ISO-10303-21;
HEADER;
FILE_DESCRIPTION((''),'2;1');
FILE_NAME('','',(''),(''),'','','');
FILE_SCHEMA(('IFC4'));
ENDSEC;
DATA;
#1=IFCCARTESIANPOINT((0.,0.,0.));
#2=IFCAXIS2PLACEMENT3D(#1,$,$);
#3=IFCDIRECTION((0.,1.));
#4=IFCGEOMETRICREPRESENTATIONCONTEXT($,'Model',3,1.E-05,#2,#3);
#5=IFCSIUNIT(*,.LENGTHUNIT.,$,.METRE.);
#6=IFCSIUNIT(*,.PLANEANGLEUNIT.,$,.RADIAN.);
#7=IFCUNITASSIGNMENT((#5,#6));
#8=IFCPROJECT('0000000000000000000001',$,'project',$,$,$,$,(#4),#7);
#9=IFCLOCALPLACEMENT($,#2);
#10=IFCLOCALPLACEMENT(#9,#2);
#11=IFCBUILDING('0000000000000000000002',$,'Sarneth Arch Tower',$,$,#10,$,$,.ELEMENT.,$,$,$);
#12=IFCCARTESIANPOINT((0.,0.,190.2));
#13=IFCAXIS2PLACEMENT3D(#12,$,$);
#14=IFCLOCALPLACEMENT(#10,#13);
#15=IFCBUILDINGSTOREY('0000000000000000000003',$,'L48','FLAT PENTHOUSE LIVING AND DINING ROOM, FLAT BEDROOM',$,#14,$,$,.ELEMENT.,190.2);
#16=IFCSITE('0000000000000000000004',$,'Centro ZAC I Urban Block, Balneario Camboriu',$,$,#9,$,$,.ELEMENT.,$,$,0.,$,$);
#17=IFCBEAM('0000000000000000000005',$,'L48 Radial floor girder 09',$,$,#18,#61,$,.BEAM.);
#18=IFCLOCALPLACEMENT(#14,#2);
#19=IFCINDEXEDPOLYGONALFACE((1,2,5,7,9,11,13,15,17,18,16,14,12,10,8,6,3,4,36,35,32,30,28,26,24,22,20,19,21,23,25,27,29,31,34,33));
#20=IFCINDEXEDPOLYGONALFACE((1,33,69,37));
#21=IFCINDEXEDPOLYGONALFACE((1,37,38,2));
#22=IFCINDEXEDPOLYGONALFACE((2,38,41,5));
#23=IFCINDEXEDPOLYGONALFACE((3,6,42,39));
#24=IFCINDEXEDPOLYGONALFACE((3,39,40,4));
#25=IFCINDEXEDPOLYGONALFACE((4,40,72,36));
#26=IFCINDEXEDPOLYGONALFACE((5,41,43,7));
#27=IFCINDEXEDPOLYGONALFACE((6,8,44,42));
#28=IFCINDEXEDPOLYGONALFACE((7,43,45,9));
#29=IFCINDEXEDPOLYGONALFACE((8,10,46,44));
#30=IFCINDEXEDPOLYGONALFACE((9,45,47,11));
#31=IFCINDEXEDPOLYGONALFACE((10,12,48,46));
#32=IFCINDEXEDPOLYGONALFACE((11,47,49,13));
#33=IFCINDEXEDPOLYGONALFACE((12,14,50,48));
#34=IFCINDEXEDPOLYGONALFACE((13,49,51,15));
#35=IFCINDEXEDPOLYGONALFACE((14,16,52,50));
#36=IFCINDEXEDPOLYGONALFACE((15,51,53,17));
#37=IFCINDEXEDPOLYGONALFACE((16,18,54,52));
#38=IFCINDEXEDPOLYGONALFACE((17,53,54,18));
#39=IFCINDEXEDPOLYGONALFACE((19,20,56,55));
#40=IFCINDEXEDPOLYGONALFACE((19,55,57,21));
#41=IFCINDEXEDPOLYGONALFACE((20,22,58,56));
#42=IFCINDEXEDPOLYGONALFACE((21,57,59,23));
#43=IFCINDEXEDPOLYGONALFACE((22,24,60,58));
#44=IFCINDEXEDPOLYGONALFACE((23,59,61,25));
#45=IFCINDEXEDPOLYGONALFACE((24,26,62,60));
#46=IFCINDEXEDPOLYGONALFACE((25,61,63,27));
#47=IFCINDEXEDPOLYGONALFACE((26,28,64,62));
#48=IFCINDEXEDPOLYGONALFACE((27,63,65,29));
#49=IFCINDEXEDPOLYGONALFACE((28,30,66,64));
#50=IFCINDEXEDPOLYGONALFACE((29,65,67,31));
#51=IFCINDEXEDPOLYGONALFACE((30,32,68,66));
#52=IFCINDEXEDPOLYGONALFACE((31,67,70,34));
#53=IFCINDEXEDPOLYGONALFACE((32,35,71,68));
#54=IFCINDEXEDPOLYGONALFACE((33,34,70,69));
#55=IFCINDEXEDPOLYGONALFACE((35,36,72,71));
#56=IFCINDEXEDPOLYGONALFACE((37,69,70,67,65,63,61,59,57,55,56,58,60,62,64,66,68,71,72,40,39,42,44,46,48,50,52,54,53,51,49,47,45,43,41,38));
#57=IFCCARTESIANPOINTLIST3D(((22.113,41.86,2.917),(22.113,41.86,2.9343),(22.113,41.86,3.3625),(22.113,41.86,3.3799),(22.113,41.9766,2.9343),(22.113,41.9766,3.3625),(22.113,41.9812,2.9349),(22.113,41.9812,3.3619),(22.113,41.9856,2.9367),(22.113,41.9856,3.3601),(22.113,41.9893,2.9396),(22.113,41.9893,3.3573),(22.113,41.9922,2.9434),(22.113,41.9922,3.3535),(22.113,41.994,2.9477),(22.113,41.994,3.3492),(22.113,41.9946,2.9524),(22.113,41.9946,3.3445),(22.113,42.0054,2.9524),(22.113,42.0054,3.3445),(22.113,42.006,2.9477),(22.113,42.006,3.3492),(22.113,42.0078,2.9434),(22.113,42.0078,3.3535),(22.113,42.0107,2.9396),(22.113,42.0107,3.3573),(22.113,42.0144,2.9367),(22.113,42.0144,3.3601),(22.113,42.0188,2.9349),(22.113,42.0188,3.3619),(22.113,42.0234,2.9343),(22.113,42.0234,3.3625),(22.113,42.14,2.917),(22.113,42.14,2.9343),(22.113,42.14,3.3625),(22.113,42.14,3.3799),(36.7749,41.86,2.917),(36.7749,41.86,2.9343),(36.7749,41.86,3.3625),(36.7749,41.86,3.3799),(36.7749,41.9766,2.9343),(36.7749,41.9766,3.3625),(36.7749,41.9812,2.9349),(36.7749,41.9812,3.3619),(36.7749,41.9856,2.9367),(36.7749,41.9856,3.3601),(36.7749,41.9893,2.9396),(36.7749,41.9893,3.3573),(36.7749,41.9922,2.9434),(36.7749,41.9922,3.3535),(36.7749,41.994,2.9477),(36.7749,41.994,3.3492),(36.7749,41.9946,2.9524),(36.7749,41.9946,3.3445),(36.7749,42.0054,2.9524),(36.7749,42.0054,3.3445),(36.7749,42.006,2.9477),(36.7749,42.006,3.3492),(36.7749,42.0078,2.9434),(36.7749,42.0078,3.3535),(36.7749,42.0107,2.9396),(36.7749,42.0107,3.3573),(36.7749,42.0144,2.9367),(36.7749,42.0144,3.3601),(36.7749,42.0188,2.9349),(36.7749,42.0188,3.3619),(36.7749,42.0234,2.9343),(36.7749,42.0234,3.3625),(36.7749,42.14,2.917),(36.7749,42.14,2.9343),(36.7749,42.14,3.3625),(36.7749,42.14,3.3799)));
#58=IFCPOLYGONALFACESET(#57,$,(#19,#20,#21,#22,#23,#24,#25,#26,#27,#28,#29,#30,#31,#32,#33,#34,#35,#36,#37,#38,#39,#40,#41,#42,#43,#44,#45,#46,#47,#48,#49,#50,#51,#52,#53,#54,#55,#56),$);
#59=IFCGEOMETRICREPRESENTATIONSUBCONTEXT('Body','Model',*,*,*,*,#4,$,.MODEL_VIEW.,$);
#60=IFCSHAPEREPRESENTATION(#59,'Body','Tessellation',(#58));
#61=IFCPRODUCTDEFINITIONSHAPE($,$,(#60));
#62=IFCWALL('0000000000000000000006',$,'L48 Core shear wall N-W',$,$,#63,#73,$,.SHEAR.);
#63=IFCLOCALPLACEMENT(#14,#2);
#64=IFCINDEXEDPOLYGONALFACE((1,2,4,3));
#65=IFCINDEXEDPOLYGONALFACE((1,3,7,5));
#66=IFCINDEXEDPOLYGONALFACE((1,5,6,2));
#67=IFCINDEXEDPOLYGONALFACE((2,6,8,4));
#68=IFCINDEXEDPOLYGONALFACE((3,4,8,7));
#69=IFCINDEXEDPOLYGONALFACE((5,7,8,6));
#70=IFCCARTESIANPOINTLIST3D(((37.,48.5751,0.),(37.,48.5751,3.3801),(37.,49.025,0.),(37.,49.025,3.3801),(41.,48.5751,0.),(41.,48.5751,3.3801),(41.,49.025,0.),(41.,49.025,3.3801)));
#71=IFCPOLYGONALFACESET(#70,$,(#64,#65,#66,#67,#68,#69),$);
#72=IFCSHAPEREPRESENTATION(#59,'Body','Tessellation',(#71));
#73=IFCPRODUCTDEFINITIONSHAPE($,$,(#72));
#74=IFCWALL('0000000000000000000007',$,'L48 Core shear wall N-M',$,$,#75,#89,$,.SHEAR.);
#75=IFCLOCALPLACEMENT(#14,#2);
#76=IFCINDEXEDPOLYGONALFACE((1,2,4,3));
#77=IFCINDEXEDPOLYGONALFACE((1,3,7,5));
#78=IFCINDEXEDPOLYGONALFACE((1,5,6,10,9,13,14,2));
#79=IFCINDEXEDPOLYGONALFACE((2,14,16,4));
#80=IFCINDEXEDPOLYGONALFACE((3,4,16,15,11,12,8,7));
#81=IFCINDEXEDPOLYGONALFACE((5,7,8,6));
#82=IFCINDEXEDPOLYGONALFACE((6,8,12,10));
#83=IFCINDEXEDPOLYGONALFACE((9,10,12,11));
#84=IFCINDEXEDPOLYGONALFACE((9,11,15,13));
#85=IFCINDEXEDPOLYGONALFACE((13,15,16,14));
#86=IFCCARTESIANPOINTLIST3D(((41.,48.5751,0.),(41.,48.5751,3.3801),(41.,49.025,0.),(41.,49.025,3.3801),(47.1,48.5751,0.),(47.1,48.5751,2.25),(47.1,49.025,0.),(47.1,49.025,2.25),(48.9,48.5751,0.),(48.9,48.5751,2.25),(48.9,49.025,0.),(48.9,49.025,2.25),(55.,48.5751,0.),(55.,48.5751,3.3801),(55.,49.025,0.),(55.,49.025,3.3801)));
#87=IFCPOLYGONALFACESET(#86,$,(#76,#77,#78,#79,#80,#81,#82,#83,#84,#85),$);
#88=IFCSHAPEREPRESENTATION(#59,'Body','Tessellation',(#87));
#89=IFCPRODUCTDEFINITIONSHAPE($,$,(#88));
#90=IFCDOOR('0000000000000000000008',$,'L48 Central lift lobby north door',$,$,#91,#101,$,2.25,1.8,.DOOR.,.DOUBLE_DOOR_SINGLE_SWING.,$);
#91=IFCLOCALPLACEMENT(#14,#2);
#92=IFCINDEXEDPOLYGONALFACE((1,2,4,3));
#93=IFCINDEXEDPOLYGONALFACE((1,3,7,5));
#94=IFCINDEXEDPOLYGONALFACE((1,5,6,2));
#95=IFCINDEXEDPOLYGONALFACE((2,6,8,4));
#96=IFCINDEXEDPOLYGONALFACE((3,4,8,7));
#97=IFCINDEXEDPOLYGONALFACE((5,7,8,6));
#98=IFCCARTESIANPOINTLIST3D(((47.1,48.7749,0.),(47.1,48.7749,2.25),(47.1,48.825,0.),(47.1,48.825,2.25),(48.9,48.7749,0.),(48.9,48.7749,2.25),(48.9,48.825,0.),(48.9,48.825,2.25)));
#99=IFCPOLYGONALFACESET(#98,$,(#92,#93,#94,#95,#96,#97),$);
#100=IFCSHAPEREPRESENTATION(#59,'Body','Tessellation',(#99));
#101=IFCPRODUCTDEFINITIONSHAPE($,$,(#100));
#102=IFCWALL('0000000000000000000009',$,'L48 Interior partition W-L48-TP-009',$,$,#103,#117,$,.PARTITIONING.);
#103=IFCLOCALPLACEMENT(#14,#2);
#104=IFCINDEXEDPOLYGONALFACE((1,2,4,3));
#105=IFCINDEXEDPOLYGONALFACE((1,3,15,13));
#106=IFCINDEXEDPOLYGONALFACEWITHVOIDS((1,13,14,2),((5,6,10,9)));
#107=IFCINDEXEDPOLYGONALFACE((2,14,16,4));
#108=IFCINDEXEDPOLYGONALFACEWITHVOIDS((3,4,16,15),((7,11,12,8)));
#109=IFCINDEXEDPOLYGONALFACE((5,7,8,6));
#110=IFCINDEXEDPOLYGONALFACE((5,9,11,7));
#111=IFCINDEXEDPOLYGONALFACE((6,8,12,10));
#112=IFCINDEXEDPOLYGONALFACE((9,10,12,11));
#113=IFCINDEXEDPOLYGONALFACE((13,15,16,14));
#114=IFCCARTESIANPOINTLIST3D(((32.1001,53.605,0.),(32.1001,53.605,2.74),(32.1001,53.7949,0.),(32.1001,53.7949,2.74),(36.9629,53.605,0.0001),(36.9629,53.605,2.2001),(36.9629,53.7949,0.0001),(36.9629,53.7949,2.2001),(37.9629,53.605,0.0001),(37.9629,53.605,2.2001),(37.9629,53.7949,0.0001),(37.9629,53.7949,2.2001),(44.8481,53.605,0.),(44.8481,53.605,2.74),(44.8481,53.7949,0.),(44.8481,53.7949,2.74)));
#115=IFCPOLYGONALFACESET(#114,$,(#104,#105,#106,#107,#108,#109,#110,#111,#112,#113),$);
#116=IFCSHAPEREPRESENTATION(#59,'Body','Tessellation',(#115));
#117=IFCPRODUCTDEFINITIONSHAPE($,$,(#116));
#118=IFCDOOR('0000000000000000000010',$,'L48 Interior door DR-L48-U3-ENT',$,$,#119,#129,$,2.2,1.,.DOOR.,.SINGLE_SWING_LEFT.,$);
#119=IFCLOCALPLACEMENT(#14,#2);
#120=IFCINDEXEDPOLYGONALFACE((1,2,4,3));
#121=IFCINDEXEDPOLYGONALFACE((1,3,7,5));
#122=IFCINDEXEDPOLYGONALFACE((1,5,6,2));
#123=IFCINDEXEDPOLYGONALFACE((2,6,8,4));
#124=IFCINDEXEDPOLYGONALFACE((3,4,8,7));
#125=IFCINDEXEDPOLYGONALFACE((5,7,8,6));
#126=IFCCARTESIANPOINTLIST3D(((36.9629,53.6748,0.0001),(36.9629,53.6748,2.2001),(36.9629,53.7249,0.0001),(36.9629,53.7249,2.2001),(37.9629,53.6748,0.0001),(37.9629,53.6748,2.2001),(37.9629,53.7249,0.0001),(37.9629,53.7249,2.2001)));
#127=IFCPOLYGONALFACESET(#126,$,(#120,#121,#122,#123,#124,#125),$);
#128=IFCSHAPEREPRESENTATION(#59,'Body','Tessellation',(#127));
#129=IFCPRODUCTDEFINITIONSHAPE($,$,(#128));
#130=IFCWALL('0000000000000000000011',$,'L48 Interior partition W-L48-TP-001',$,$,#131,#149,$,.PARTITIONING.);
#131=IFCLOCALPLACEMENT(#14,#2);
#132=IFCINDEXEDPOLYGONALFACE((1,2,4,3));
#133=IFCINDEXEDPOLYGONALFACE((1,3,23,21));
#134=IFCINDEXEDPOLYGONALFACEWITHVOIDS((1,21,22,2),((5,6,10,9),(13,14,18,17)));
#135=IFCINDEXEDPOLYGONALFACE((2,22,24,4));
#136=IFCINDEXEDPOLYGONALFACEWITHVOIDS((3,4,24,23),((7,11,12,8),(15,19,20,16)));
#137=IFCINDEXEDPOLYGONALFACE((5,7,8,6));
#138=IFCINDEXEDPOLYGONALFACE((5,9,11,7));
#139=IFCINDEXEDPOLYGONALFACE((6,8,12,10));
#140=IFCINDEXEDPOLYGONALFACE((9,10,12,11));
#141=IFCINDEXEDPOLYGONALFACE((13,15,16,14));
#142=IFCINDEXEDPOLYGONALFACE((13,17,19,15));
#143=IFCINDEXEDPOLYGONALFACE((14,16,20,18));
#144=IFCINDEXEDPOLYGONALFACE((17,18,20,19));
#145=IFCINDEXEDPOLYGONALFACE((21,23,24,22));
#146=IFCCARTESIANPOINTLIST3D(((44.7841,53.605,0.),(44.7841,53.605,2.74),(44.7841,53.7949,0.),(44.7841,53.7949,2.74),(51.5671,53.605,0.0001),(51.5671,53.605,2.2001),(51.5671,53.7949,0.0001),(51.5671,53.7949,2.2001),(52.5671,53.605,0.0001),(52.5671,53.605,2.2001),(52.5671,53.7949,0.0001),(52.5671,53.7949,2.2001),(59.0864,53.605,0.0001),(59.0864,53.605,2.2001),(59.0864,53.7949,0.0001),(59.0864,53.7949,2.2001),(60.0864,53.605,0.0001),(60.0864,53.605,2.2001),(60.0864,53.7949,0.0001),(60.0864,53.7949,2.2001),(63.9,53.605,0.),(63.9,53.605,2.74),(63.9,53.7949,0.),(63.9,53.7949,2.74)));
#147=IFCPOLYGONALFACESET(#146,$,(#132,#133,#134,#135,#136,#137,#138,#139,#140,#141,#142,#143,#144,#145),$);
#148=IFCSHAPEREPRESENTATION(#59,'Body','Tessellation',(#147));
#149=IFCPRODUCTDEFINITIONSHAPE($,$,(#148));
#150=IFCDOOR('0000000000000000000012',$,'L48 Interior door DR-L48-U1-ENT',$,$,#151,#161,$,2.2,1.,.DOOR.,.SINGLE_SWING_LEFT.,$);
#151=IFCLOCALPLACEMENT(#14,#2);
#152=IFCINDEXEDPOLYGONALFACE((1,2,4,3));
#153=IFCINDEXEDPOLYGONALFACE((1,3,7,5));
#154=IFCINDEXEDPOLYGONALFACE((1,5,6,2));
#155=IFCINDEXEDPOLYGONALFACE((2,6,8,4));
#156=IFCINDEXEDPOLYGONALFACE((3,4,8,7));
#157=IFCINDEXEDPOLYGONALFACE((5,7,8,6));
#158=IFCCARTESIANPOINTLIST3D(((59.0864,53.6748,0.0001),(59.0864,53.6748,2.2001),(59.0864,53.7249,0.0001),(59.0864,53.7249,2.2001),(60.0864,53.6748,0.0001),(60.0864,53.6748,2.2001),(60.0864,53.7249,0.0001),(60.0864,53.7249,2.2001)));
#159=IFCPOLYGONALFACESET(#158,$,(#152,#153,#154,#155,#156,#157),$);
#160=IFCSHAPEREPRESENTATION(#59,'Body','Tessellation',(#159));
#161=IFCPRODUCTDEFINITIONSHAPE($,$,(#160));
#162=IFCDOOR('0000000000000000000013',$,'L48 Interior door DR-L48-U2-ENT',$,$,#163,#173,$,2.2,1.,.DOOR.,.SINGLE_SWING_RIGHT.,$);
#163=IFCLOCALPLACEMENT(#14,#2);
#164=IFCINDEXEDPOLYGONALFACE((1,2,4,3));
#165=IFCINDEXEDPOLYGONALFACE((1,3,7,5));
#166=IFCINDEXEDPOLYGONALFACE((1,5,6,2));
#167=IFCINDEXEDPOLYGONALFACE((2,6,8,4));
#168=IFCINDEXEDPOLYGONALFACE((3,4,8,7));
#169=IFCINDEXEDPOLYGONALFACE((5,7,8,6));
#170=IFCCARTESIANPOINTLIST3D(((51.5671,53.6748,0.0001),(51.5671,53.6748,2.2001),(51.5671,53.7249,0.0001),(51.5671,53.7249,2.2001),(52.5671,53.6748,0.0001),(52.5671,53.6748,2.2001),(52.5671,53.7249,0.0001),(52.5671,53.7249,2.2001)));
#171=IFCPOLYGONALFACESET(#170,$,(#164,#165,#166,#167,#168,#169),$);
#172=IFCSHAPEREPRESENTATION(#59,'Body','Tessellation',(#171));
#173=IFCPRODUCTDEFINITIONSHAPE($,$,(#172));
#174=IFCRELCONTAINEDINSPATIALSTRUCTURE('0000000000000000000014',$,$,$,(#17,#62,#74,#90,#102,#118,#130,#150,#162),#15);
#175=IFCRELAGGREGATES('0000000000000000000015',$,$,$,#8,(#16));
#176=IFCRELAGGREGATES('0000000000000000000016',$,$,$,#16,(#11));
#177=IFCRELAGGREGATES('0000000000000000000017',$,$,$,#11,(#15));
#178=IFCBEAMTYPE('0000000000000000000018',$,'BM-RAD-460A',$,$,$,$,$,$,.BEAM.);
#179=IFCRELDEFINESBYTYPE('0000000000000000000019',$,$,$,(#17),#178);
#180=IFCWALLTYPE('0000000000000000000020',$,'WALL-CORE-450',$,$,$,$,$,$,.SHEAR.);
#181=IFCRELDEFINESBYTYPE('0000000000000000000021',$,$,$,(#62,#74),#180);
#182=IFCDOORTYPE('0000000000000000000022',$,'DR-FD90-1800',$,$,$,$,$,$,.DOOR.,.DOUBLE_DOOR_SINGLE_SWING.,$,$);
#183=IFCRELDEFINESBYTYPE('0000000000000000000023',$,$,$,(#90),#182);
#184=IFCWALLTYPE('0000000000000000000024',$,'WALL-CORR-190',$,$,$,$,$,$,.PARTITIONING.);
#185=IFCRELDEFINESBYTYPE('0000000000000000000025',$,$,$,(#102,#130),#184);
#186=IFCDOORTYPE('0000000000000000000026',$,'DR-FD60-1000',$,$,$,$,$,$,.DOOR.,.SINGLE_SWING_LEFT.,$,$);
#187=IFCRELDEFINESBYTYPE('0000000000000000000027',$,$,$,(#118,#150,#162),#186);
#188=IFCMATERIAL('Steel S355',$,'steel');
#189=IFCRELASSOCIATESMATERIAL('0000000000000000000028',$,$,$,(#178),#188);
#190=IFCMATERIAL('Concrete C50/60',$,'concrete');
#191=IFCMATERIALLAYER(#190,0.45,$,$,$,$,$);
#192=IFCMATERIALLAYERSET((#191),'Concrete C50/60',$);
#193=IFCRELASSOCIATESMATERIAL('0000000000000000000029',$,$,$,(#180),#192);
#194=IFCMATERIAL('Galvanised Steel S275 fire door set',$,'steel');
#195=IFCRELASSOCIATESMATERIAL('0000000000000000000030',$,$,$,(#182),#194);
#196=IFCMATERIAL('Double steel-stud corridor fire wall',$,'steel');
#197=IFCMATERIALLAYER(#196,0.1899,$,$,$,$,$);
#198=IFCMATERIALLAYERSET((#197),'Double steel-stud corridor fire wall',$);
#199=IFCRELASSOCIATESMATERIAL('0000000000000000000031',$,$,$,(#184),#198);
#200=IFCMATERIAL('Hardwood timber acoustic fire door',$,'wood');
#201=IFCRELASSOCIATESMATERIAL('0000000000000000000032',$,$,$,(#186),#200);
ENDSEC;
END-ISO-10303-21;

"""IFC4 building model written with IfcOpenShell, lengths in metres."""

from ifc_helpers import new_model, si_unit, direction, frame, frame_2d, origin, origin_2d, place, context, subcontext, project, spatial, rectangle, i_section, extrude, material, layer, layer_set, material_profile, profile_set, type_object, element, fill, save


model = new_model("IFC4")

# Units and contexts
model_context = context("Model", 3, precision=1e-05, world=origin(), true_north=direction((0.0, 1.0)))
body_context = subcontext(model_context, "Body", "Model", "MODEL_VIEW")
ifc_project = project(units=[si_unit("LENGTHUNIT", "METRE"), si_unit("PLANEANGLEUNIT", "RADIAN")], contexts=[model_context])

# Site, building, storey
site_placement = place(None, origin())
site = spatial("IfcSite", under=ifc_project, at=site_placement, Name="Centro ZAC I Urban Block, Balneario Camboriu", CompositionType="ELEMENT", RefElevation=0.0)
building_placement = place(site_placement, origin())
building = spatial("IfcBuilding", under=site, at=building_placement, Name="Sarneth Arch Tower", CompositionType="ELEMENT")
storey_placement = place(building_placement, frame((0.0, 0.0, 190.2)))
storey = spatial("IfcBuildingStorey", under=building, at=storey_placement, Name="L48", Description="FLAT PENTHOUSE LIVING AND DINING ROOM, FLAT BEDROOM", CompositionType="ELEMENT", Elevation=190.2)

# Beam
ifc_material_1 = material(Name="Steel S355", Category="steel")
ifc_material_profile_1 = material_profile(ifc_material_1, i_section(OverallWidth=0.28, OverallDepth=0.4629, WebThickness=0.0107, FlangeThickness=0.0173, FilletRadius=0.0181, at=origin_2d()), Name="W460x113")
ifc_profile_set_1 = profile_set([ifc_material_profile_1], Name="Steel S355")
beam_type_1 = type_object("IfcBeamType", Name="BM-RAD-460A", PredefinedType="BEAM", material=ifc_profile_set_1)
beam_1_placement = place(storey_placement, frame((36.7749, 42.0, 3.1484), z_axis=(-1.0, 0.0, 0.0), x_axis=(0.0, -1.0, 0.0)))
element("IfcBeam", 1, at=beam_1_placement, inside=storey, type_object=beam_type_1, Name="L48 Radial floor girder 09", PredefinedType="BEAM", context=body_context, shape_type="SweptSolid", body=[
    extrude(i_section(OverallWidth=0.28, OverallDepth=0.4629, WebThickness=0.0107, FlangeThickness=0.0173, FilletRadius=0.0181, at=origin_2d()), origin(), (0.0, 0.0, 1.0), 14.6619),
])

# Wall
ifc_material_2 = material(Name="Concrete C50/60", Category="concrete")
ifc_layer_1 = layer(ifc_material_2, 0.45)
ifc_layer_set_1 = layer_set([ifc_layer_1], Name="Concrete C50/60")
wall_type_1 = type_object("IfcWallType", Name="WALL-CORE-450", PredefinedType="SHEAR", material=ifc_layer_set_1)
wall_1_placement = place(storey_placement, frame((37.0, 48.8, 0.0), z_axis=(0.0, 0.0, 1.0), x_axis=(1.0, 0.0, 0.0)))
element("IfcWall", 2, at=wall_1_placement, inside=storey, type_object=wall_type_1, Name="L48 Core shear wall N-W", PredefinedType="SHEAR", context=body_context, shape_type="SweptSolid", body=[
    extrude(rectangle(XDim=4.0, YDim=0.45, at=frame_2d((2.0, 0.0))), origin(), (0.0, 0.0, 1.0), 3.3801),
])

# Walls, openings, doors
wall_2_placement = place(storey_placement, frame((41.0, 48.8, 0.0), z_axis=(0.0, 0.0, 1.0), x_axis=(1.0, 0.0, 0.0)))
wall_2 = element("IfcWall", 3, at=wall_2_placement, inside=storey, type_object=wall_type_1, Name="L48 Core shear wall N-M", PredefinedType="SHEAR", context=body_context, shape_type="SweptSolid", body=[
    extrude(rectangle(XDim=14.0, YDim=0.45, at=frame_2d((7.0, 0.0))), origin(), (0.0, 0.0, 1.0), 3.3801),
])
opening_1_placement = place(wall_2_placement, frame((6.1001, 0.0, 0.0)))
opening_1 = element("IfcOpeningElement", 4, at=opening_1_placement, cuts=wall_2, PredefinedType="OPENING", context=body_context, shape_type="SweptSolid", body=[
    extrude(rectangle(XDim=1.8, YDim=2.25, at=frame_2d((0.8999, 1.125))), frame((0.0, 0.2349, 0.0), z_axis=(0.0, -1.0, 0.0), x_axis=(1.0, 0.0, 0.0)), (0.0, 0.0, 1.0), 0.47),
])
ifc_material_3 = material(Name="Galvanised Steel S275 fire door set", Category="steel")
door_type_1 = type_object("IfcDoorType", Name="DR-FD90-1800", OperationType="DOUBLE_DOOR_SINGLE_SWING", PredefinedType="DOOR", material=ifc_material_3)
door_1_placement = place(opening_1_placement, origin())
door_1 = element("IfcDoor", 5, at=door_1_placement, inside=storey, type_object=door_type_1, Name="L48 Central lift lobby north door", OperationType="DOUBLE_DOOR_SINGLE_SWING", OverallHeight=2.25, OverallWidth=1.8, PredefinedType="DOOR", context=body_context, shape_type="SweptSolid", body=[
    extrude(rectangle(XDim=1.8, YDim=2.25, at=frame_2d((0.8999, 1.125))), frame((0.0, 0.0249, 0.0), z_axis=(0.0, -1.0, 0.0), x_axis=(1.0, 0.0, 0.0)), (0.0, 0.0, 1.0), 0.05),
])
fill(opening_1, door_1)
ifc_material_4 = material(Name="Double steel-stud corridor fire wall", Category="steel")
ifc_layer_2 = layer(ifc_material_4, 0.1899)
ifc_layer_set_2 = layer_set([ifc_layer_2], Name="Double steel-stud corridor fire wall")
wall_type_2 = type_object("IfcWallType", Name="WALL-CORR-190", PredefinedType="PARTITIONING", material=ifc_layer_set_2)
wall_3_placement = place(storey_placement, frame((32.1001, 53.7, 0.0), z_axis=(0.0, 0.0, 1.0), x_axis=(1.0, 0.0, 0.0)))
wall_3 = element("IfcWall", 6, at=wall_3_placement, inside=storey, type_object=wall_type_2, Name="L48 Interior partition W-L48-TP-009", PredefinedType="PARTITIONING", context=body_context, shape_type="SweptSolid", body=[
    extrude(rectangle(XDim=12.748, YDim=0.1899, at=frame_2d((6.374, 0.0))), origin(), (0.0, 0.0, 1.0), 2.74),
])
opening_2_placement = place(wall_3_placement, frame((4.8628, 0.0, 0.0)))
opening_2 = element("IfcOpeningElement", 7, at=opening_2_placement, cuts=wall_3, PredefinedType="OPENING", context=body_context, shape_type="SweptSolid", body=[
    extrude(rectangle(XDim=1.0, YDim=2.2, at=frame_2d((0.5, 1.1001))), frame((0.0, 0.105, 0.0), z_axis=(0.0, -1.0, 0.0), x_axis=(1.0, 0.0, 0.0)), (0.0, 0.0, 1.0), 0.21),
])
ifc_material_5 = material(Name="Hardwood timber acoustic fire door", Category="wood")
door_type_2 = type_object("IfcDoorType", Name="DR-FD60-1000", OperationType="SINGLE_SWING_LEFT", PredefinedType="DOOR", material=ifc_material_5)
door_2_placement = place(opening_2_placement, origin())
door_2 = element("IfcDoor", 8, at=door_2_placement, inside=storey, type_object=door_type_2, Name="L48 Interior door DR-L48-U3-ENT", OperationType="SINGLE_SWING_LEFT", OverallHeight=2.2, OverallWidth=1.0, PredefinedType="DOOR", context=body_context, shape_type="SweptSolid", body=[
    extrude(rectangle(XDim=1.0, YDim=2.2, at=frame_2d((0.5, 1.1001))), frame((0.0, 0.0249, 0.0), z_axis=(0.0, -1.0, 0.0), x_axis=(1.0, 0.0, 0.0)), (0.0, 0.0, 1.0), 0.05),
])
fill(opening_2, door_2)

# Wall, openings, doors
wall_4_placement = place(storey_placement, frame((44.7839, 53.7, 0.0), z_axis=(0.0, 0.0, 1.0), x_axis=(1.0, 0.0, 0.0)))
wall_4 = element("IfcWall", 9, at=wall_4_placement, inside=storey, type_object=wall_type_2, Name="L48 Interior partition W-L48-TP-001", PredefinedType="PARTITIONING", context=body_context, shape_type="SweptSolid", body=[
    extrude(rectangle(XDim=19.116, YDim=0.1899, at=frame_2d((9.5581, 0.0))), origin(), (0.0, 0.0, 1.0), 2.74),
])
opening_3_placement = place(wall_4_placement, frame((14.3025, 0.0, 0.0)))
opening_3 = element("IfcOpeningElement", 10, at=opening_3_placement, cuts=wall_4, PredefinedType="OPENING", context=body_context, shape_type="SweptSolid", body=[
    extrude(rectangle(XDim=1.0, YDim=2.2, at=frame_2d((0.5, 1.1001))), frame((0.0, 0.105, 0.0), z_axis=(0.0, -1.0, 0.0), x_axis=(1.0, 0.0, 0.0)), (0.0, 0.0, 1.0), 0.21),
])
opening_4_placement = place(wall_4_placement, frame((6.7832, 0.0, 0.0)))
opening_4 = element("IfcOpeningElement", 11, at=opening_4_placement, cuts=wall_4, PredefinedType="OPENING", context=body_context, shape_type="SweptSolid", body=[
    extrude(rectangle(XDim=1.0, YDim=2.2, at=frame_2d((0.5, 1.1001))), frame((0.0, 0.105, 0.0), z_axis=(0.0, -1.0, 0.0), x_axis=(1.0, 0.0, 0.0)), (0.0, 0.0, 1.0), 0.21),
])
door_3_placement = place(opening_3_placement, origin())
door_3 = element("IfcDoor", 12, at=door_3_placement, inside=storey, type_object=door_type_2, Name="L48 Interior door DR-L48-U1-ENT", OperationType="SINGLE_SWING_LEFT", OverallHeight=2.2, OverallWidth=1.0, PredefinedType="DOOR", context=body_context, shape_type="SweptSolid", body=[
    extrude(rectangle(XDim=1.0, YDim=2.2, at=frame_2d((0.5, 1.1001))), frame((0.0, 0.0249, 0.0), z_axis=(0.0, -1.0, 0.0), x_axis=(1.0, 0.0, 0.0)), (0.0, 0.0, 1.0), 0.05),
])
fill(opening_3, door_3)
door_4_placement = place(opening_4_placement, origin())
door_4 = element("IfcDoor", 13, at=door_4_placement, inside=storey, type_object=door_type_2, Name="L48 Interior door DR-L48-U2-ENT", OperationType="SINGLE_SWING_RIGHT", OverallHeight=2.2, OverallWidth=1.0, PredefinedType="DOOR", context=body_context, shape_type="SweptSolid", body=[
    extrude(rectangle(XDim=1.0, YDim=2.2, at=frame_2d((0.5, 1.1001))), frame((0.0, 0.0249, 0.0), z_axis=(0.0, -1.0, 0.0), x_axis=(1.0, 0.0, 0.0)), (0.0, 0.0, 1.0), 0.05),
])
fill(opening_4, door_4)

save(model, "model.ifc")
